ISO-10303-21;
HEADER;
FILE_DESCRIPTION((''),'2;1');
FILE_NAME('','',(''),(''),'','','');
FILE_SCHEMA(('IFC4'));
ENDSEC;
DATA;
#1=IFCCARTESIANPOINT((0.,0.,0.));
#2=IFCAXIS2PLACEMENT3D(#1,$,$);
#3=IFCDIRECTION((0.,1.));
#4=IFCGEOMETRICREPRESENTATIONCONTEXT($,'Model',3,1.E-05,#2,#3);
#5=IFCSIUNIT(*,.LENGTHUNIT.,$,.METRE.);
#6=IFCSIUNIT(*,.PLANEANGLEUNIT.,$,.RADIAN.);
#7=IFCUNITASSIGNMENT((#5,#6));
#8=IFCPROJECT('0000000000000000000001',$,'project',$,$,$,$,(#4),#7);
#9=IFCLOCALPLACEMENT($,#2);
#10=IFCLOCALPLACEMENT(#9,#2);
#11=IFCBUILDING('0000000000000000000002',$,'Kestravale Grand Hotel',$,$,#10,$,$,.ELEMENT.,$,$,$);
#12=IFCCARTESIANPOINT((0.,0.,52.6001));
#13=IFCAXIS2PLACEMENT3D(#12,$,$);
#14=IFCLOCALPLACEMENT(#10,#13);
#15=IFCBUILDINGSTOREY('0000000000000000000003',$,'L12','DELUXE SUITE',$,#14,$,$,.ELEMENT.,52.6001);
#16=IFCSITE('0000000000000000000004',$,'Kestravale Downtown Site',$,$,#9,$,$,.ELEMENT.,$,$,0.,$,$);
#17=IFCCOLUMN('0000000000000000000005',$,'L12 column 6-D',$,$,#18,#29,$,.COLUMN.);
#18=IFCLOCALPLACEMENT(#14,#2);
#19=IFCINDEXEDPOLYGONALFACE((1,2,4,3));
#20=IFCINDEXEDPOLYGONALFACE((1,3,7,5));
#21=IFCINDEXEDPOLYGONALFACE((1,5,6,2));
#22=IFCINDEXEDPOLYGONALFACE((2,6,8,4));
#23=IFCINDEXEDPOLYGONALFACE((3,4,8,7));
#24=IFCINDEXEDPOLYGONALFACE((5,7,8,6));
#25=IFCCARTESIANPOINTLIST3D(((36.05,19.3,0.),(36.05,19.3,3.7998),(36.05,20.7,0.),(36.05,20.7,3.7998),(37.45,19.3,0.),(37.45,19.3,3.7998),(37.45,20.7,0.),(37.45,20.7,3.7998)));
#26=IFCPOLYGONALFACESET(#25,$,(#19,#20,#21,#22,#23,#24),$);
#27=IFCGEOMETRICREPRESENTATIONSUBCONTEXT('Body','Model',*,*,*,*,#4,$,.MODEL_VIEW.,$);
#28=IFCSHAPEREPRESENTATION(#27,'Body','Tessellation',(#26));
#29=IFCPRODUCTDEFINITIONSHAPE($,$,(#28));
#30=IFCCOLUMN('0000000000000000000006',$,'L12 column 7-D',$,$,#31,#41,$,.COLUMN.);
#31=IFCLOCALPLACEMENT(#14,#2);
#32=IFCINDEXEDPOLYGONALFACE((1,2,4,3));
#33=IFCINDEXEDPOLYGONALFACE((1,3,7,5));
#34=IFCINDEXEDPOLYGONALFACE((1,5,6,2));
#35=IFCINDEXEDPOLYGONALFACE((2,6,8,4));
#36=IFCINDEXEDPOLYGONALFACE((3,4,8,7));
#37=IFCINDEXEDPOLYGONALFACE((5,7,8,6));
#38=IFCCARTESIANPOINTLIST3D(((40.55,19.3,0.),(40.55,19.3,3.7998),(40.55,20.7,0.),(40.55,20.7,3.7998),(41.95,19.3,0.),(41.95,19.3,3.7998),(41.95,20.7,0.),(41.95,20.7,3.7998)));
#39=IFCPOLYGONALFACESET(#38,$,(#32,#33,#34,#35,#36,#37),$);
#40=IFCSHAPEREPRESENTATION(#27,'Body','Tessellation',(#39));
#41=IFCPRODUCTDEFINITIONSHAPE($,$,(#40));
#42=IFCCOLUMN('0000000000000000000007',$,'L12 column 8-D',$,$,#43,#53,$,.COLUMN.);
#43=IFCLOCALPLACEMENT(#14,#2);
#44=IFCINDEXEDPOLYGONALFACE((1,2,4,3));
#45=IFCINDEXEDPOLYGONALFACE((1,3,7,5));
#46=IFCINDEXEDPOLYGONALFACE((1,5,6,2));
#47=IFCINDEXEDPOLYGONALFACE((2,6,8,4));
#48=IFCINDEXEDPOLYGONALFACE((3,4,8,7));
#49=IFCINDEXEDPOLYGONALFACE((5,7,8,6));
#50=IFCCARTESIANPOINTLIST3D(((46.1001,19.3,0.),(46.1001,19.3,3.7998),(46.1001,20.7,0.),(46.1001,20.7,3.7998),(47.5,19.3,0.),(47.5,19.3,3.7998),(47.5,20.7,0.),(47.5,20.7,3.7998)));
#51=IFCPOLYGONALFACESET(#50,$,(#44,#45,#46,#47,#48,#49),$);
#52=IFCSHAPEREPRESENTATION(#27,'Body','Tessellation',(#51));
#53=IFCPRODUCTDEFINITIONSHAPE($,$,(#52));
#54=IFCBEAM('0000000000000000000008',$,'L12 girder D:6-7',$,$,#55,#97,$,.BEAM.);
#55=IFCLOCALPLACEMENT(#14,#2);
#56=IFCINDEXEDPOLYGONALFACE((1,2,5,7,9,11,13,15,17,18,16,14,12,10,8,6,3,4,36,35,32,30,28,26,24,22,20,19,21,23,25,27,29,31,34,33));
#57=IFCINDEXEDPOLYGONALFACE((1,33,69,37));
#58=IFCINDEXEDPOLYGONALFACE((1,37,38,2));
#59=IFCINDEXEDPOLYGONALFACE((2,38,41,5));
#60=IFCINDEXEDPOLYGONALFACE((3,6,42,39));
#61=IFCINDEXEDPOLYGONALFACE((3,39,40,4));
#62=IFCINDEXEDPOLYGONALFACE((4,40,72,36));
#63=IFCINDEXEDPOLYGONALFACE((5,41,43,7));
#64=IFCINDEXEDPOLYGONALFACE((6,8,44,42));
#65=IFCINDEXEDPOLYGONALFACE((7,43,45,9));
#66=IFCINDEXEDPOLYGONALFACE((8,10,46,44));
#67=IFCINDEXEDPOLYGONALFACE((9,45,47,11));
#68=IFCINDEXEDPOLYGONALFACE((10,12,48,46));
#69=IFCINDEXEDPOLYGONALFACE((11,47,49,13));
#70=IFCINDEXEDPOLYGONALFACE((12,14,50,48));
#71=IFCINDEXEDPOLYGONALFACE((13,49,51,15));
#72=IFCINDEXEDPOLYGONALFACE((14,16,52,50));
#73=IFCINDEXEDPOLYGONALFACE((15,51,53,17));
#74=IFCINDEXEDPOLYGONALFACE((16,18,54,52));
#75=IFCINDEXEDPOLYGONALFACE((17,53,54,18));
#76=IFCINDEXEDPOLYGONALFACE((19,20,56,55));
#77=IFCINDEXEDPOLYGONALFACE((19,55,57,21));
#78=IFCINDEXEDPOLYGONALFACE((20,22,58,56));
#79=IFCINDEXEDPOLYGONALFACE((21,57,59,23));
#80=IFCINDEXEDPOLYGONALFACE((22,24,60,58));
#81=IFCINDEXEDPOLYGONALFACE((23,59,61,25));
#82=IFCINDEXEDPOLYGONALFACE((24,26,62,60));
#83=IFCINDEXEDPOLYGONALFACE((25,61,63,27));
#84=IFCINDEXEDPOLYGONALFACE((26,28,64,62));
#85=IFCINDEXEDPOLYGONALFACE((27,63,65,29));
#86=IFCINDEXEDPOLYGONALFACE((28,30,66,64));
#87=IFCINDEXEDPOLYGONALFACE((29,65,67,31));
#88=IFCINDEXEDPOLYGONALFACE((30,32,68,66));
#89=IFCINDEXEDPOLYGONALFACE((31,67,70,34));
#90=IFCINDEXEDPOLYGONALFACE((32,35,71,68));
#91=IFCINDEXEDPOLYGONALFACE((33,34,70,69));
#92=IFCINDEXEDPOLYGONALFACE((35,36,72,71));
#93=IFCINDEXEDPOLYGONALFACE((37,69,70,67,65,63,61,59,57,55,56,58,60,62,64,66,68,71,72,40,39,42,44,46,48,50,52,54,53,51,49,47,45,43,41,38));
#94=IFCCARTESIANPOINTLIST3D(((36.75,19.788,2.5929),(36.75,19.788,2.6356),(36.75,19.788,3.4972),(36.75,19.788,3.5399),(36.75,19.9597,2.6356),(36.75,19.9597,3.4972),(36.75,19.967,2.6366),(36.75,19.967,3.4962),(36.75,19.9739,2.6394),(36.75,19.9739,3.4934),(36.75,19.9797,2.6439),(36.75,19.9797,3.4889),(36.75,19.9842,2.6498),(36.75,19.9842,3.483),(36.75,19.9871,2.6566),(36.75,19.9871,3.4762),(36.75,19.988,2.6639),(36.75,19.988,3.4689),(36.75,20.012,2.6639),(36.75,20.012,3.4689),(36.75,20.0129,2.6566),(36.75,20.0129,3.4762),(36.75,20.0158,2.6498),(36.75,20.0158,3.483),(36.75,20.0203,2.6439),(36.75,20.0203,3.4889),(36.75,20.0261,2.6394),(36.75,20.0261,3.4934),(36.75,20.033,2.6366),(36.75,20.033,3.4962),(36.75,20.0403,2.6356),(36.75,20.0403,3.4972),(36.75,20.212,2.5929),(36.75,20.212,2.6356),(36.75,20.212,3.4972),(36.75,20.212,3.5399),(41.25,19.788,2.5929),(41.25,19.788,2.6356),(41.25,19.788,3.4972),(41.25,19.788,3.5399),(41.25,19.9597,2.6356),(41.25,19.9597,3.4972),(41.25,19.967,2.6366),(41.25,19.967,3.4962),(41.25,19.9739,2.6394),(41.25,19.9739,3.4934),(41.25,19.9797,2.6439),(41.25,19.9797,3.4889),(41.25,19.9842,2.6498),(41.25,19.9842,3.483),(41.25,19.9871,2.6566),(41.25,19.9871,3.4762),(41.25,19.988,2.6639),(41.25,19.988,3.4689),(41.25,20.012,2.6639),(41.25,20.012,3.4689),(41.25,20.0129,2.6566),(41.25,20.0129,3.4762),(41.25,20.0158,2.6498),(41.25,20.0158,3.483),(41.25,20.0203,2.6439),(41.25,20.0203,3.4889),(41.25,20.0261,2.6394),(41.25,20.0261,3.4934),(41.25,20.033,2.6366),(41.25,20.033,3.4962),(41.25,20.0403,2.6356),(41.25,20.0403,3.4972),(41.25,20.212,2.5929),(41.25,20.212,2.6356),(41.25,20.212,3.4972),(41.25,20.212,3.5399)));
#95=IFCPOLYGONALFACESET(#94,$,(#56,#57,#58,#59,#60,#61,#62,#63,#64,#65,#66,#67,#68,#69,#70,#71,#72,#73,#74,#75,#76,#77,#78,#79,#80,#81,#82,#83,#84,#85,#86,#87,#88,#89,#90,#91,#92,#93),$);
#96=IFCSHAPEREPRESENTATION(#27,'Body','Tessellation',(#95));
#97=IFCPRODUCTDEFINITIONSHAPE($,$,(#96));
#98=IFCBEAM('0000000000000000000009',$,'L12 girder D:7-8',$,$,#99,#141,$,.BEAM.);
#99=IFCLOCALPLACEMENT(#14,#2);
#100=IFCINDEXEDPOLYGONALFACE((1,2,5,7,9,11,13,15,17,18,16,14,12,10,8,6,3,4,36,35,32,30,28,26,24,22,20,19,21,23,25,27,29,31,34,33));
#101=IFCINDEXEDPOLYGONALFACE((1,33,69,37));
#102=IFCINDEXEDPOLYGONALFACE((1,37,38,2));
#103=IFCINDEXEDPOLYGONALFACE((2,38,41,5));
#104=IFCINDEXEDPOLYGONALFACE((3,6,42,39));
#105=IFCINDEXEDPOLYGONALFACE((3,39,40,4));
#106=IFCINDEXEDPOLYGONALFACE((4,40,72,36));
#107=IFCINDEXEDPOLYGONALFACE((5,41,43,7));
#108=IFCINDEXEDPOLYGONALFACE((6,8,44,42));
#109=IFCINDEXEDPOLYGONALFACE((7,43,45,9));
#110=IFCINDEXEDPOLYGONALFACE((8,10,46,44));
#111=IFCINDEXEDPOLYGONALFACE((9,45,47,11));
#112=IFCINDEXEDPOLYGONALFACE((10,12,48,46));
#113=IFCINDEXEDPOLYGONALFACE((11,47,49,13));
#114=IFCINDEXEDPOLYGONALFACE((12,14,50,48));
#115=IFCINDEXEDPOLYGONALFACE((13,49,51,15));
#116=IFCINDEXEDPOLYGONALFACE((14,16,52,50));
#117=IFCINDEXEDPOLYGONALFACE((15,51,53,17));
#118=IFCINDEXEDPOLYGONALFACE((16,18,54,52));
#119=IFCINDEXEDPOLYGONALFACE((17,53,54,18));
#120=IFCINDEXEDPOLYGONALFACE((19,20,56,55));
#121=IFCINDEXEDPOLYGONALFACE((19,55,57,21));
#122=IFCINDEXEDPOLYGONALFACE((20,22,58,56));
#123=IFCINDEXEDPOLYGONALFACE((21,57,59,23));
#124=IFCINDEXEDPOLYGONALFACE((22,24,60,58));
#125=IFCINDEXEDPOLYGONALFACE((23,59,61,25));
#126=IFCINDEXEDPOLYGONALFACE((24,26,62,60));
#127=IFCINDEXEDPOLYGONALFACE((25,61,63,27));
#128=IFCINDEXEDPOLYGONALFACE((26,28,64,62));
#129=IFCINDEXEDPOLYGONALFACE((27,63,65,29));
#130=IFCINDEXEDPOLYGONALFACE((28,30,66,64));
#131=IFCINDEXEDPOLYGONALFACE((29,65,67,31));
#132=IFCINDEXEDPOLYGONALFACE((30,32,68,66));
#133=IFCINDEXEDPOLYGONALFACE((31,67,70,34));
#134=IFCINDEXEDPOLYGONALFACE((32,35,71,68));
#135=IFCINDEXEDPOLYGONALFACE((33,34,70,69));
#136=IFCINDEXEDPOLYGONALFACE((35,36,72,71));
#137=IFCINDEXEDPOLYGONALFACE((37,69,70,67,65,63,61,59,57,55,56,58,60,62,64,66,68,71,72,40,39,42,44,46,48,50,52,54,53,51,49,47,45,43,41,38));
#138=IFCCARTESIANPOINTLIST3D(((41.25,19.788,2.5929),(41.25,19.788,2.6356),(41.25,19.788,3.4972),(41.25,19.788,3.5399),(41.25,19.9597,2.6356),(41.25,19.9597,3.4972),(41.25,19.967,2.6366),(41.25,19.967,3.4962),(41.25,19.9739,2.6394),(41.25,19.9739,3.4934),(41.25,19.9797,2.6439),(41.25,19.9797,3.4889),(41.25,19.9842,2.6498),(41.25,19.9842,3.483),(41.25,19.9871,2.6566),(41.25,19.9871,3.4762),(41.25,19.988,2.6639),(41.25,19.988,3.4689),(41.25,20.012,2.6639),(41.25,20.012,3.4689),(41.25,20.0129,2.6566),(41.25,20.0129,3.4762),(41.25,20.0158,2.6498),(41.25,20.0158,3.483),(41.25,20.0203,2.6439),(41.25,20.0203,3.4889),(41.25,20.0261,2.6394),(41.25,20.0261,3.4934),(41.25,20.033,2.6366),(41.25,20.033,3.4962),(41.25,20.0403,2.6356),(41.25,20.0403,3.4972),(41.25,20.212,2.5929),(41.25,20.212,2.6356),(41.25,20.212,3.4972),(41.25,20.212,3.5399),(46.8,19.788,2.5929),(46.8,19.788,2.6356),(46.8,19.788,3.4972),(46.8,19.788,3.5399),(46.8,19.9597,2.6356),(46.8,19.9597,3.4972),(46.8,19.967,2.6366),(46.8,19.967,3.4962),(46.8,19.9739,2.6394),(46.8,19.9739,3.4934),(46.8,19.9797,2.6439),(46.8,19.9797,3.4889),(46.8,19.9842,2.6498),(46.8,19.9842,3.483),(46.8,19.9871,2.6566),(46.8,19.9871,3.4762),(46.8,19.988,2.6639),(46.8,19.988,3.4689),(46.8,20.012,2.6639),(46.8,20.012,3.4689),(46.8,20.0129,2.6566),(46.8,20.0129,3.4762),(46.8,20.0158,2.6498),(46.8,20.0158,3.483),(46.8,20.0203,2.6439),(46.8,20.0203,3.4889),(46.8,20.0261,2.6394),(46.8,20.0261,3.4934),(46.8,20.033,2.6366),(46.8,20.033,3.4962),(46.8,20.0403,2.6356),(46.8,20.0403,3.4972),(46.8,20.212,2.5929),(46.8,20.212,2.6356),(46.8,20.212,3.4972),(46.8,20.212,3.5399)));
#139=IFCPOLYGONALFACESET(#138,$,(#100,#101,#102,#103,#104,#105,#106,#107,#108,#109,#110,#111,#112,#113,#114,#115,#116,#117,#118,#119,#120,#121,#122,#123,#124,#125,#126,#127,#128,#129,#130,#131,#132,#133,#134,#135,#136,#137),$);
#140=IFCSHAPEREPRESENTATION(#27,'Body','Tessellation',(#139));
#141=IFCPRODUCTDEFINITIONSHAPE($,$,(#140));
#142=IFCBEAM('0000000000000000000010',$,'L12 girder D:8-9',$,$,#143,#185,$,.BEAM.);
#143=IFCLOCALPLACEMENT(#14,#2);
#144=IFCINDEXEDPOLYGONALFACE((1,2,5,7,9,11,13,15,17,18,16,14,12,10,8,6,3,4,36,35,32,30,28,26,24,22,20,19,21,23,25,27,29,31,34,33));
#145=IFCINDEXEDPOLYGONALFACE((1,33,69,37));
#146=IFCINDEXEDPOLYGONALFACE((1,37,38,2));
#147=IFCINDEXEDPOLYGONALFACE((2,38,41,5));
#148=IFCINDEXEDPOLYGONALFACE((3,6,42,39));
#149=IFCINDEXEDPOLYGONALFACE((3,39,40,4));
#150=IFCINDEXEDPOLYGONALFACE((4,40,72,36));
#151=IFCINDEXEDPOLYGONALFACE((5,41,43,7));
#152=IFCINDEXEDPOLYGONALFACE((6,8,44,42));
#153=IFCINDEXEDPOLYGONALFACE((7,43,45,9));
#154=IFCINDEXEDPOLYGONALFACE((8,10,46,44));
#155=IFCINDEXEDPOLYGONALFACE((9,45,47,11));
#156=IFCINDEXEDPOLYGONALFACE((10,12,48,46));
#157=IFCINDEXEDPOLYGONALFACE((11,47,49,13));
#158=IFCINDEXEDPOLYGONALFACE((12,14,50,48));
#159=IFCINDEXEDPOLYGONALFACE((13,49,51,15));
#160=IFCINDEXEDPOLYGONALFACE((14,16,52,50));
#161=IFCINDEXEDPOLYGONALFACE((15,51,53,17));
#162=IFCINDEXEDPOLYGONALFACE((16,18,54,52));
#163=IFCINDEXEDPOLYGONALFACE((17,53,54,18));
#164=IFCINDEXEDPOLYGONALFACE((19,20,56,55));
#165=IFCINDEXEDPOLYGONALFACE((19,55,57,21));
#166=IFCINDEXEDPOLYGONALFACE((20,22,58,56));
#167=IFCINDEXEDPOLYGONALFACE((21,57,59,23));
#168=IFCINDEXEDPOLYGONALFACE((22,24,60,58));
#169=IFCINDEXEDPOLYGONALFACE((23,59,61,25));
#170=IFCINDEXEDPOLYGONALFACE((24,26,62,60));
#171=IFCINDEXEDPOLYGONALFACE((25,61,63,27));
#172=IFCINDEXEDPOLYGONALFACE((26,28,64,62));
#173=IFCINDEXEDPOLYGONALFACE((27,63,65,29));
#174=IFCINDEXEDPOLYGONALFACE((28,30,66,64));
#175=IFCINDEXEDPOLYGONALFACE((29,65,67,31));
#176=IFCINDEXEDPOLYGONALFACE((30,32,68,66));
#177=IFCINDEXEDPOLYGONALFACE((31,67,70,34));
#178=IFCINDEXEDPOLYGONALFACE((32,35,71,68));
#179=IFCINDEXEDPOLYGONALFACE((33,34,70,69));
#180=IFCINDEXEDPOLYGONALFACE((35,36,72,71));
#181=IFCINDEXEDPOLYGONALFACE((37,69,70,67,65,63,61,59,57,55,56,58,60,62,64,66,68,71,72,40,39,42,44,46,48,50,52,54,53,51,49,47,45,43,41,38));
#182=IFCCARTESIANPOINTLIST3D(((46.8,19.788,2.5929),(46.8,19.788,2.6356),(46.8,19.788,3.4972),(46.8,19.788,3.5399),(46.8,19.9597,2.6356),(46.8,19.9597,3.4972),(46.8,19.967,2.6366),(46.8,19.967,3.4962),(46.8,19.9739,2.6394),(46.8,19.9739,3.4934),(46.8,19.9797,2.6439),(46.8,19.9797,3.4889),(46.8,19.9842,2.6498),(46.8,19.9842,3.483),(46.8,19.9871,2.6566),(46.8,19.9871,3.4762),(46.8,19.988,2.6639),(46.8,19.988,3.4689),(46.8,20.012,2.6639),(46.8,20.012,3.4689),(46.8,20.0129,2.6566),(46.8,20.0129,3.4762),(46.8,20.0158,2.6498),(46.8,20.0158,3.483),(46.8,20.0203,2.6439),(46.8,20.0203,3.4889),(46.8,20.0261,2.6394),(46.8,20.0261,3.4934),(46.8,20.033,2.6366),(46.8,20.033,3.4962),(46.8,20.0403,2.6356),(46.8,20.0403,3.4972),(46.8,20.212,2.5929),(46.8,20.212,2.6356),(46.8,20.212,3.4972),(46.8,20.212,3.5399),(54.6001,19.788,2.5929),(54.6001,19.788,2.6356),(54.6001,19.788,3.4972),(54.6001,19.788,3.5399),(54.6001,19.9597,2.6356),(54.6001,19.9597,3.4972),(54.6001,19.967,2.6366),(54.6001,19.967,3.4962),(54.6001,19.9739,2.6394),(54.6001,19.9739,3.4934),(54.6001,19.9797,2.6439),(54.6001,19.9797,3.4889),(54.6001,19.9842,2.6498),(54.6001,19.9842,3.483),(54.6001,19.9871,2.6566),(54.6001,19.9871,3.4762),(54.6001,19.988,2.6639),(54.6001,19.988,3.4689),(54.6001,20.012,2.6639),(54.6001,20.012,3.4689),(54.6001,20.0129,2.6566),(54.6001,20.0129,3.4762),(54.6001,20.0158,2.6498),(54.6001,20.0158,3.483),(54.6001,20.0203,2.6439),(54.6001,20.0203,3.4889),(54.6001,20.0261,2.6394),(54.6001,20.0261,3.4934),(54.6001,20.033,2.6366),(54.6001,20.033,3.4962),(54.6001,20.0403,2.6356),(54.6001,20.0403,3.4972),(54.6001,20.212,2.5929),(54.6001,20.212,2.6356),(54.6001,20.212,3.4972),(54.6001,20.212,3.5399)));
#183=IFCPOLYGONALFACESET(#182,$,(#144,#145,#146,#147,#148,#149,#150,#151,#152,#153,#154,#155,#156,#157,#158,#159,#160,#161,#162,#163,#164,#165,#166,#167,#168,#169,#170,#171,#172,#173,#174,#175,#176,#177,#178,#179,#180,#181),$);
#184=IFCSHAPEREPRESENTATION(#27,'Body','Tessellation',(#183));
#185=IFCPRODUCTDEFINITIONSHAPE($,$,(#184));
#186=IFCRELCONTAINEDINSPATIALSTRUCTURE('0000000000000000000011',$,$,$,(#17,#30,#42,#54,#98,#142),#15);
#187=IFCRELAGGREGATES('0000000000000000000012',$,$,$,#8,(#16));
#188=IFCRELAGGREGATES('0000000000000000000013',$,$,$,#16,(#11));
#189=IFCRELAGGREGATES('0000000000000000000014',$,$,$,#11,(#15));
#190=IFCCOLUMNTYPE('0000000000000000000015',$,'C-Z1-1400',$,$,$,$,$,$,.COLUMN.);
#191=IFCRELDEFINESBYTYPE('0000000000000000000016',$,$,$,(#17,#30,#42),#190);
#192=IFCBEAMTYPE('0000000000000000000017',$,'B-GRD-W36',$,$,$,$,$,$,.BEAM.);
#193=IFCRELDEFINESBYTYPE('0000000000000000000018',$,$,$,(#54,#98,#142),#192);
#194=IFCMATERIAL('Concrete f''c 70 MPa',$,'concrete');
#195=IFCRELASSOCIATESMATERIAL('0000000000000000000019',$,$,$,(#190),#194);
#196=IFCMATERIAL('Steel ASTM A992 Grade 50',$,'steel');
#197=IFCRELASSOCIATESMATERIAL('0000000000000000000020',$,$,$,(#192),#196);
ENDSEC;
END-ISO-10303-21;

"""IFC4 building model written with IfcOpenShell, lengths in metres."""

from ifc_helpers import new_model, si_unit, direction, frame, origin, origin_2d, place, context, subcontext, project, spatial, rectangle, i_section, extrude, material, material_profile, profile_set, type_object, element, save


model = new_model("IFC4")

# Units and contexts
model_context = context("Model", 3, precision=1e-05, world=origin(), true_north=direction((0.0, 1.0)))
body_context = subcontext(model_context, "Body", "Model", "MODEL_VIEW")
ifc_project = project(units=[si_unit("LENGTHUNIT", "METRE"), si_unit("PLANEANGLEUNIT", "RADIAN")], contexts=[model_context])

# Site, building, storey
site_placement = place(None, origin())
site = spatial("IfcSite", under=ifc_project, at=site_placement, Name="Kestravale Downtown Site", CompositionType="ELEMENT", RefElevation=0.0)
building_placement = place(site_placement, origin())
building = spatial("IfcBuilding", under=site, at=building_placement, Name="Kestravale Grand Hotel", CompositionType="ELEMENT")
storey_placement = place(building_placement, frame((0.0, 0.0, 52.6001)))
storey = spatial("IfcBuildingStorey", under=building, at=storey_placement, Name="L12", Description="DELUXE SUITE", CompositionType="ELEMENT", Elevation=52.6001)

# Columns
ifc_material_1 = material(Name="Concrete f'c 70 MPa", Category="concrete")
ifc_material_profile_1 = material_profile(ifc_material_1, rectangle(XDim=1.3999, YDim=1.3999, at=origin_2d()))
ifc_profile_set_1 = profile_set([ifc_material_profile_1], Name="Concrete f'c 70 MPa")
column_type = type_object("IfcColumnType", Name="C-Z1-1400", PredefinedType="COLUMN", material=ifc_profile_set_1)
for number, where, z_axis, x_axis, name in (
    (1, (36.75, 20.0, 0.0), (0.0, 0.0, 1.0), (1.0, 0.0, 0.0), "L12 column 6-D"),
    (2, (41.25, 20.0, 0.0), (0.0, 0.0, 1.0), (1.0, 0.0, 0.0), "L12 column 7-D"),
    (3, (46.8, 20.0, 0.0), (0.0, 0.0, 1.0), (1.0, 0.0, 0.0), "L12 column 8-D"),
):
    element("IfcColumn", number, at=place(storey_placement, frame(where, z_axis=z_axis, x_axis=x_axis)), inside=storey, type_object=column_type, Name=name, PredefinedType="COLUMN", context=body_context, shape_type="SweptSolid", body=[
        extrude(rectangle(XDim=1.3999, YDim=1.3999, at=origin_2d()), origin(), (0.0, 0.0, 1.0), 3.7998),
    ])

# Beams
ifc_material_2 = material(Name="Steel ASTM A992 Grade 50", Category="steel")
ifc_material_profile_2 = material_profile(ifc_material_2, i_section(OverallWidth=0.4241, OverallDepth=0.947, WebThickness=0.0239, FlangeThickness=0.0427, FilletRadius=0.0283, at=origin_2d()))
ifc_profile_set_2 = profile_set([ifc_material_profile_2], Name="Steel ASTM A992 Grade 50")
beam_type = type_object("IfcBeamType", Name="B-GRD-W36", PredefinedType="BEAM", material=ifc_profile_set_2)
beam_1_placement = place(storey_placement, frame((36.75, 20.0, 3.0664), z_axis=(1.0, 0.0, 0.0), x_axis=(0.0, 1.0, 0.0)))
element("IfcBeam", 4, at=beam_1_placement, inside=storey, type_object=beam_type, Name="L12 girder D:6-7", PredefinedType="BEAM", context=body_context, shape_type="SweptSolid", body=[
    extrude(i_section(OverallWidth=0.4241, OverallDepth=0.947, WebThickness=0.0239, FlangeThickness=0.0427, FilletRadius=0.0283, at=origin_2d()), origin(), (0.0, 0.0, 1.0), 4.5),
])
beam_2_placement = place(storey_placement, frame((41.25, 20.0, 3.0664), z_axis=(1.0, 0.0, 0.0), x_axis=(0.0, 1.0, 0.0)))
element("IfcBeam", 5, at=beam_2_placement, inside=storey, type_object=beam_type, Name="L12 girder D:7-8", PredefinedType="BEAM", context=body_context, shape_type="SweptSolid", body=[
    extrude(i_section(OverallWidth=0.4241, OverallDepth=0.947, WebThickness=0.0239, FlangeThickness=0.0427, FilletRadius=0.0283, at=origin_2d()), origin(), (0.0, 0.0, 1.0), 5.55),
])
beam_3_placement = place(storey_placement, frame((46.8, 20.0, 3.0664), z_axis=(1.0, 0.0, 0.0), x_axis=(0.0, 1.0, 0.0)))
element("IfcBeam", 6, at=beam_3_placement, inside=storey, type_object=beam_type, Name="L12 girder D:8-9", PredefinedType="BEAM", context=body_context, shape_type="SweptSolid", body=[
    extrude(i_section(OverallWidth=0.4241, OverallDepth=0.947, WebThickness=0.0239, FlangeThickness=0.0427, FilletRadius=0.0283, at=origin_2d()), origin(), (0.0, 0.0, 1.0), 7.8),
])

save(model, "model.ifc")
